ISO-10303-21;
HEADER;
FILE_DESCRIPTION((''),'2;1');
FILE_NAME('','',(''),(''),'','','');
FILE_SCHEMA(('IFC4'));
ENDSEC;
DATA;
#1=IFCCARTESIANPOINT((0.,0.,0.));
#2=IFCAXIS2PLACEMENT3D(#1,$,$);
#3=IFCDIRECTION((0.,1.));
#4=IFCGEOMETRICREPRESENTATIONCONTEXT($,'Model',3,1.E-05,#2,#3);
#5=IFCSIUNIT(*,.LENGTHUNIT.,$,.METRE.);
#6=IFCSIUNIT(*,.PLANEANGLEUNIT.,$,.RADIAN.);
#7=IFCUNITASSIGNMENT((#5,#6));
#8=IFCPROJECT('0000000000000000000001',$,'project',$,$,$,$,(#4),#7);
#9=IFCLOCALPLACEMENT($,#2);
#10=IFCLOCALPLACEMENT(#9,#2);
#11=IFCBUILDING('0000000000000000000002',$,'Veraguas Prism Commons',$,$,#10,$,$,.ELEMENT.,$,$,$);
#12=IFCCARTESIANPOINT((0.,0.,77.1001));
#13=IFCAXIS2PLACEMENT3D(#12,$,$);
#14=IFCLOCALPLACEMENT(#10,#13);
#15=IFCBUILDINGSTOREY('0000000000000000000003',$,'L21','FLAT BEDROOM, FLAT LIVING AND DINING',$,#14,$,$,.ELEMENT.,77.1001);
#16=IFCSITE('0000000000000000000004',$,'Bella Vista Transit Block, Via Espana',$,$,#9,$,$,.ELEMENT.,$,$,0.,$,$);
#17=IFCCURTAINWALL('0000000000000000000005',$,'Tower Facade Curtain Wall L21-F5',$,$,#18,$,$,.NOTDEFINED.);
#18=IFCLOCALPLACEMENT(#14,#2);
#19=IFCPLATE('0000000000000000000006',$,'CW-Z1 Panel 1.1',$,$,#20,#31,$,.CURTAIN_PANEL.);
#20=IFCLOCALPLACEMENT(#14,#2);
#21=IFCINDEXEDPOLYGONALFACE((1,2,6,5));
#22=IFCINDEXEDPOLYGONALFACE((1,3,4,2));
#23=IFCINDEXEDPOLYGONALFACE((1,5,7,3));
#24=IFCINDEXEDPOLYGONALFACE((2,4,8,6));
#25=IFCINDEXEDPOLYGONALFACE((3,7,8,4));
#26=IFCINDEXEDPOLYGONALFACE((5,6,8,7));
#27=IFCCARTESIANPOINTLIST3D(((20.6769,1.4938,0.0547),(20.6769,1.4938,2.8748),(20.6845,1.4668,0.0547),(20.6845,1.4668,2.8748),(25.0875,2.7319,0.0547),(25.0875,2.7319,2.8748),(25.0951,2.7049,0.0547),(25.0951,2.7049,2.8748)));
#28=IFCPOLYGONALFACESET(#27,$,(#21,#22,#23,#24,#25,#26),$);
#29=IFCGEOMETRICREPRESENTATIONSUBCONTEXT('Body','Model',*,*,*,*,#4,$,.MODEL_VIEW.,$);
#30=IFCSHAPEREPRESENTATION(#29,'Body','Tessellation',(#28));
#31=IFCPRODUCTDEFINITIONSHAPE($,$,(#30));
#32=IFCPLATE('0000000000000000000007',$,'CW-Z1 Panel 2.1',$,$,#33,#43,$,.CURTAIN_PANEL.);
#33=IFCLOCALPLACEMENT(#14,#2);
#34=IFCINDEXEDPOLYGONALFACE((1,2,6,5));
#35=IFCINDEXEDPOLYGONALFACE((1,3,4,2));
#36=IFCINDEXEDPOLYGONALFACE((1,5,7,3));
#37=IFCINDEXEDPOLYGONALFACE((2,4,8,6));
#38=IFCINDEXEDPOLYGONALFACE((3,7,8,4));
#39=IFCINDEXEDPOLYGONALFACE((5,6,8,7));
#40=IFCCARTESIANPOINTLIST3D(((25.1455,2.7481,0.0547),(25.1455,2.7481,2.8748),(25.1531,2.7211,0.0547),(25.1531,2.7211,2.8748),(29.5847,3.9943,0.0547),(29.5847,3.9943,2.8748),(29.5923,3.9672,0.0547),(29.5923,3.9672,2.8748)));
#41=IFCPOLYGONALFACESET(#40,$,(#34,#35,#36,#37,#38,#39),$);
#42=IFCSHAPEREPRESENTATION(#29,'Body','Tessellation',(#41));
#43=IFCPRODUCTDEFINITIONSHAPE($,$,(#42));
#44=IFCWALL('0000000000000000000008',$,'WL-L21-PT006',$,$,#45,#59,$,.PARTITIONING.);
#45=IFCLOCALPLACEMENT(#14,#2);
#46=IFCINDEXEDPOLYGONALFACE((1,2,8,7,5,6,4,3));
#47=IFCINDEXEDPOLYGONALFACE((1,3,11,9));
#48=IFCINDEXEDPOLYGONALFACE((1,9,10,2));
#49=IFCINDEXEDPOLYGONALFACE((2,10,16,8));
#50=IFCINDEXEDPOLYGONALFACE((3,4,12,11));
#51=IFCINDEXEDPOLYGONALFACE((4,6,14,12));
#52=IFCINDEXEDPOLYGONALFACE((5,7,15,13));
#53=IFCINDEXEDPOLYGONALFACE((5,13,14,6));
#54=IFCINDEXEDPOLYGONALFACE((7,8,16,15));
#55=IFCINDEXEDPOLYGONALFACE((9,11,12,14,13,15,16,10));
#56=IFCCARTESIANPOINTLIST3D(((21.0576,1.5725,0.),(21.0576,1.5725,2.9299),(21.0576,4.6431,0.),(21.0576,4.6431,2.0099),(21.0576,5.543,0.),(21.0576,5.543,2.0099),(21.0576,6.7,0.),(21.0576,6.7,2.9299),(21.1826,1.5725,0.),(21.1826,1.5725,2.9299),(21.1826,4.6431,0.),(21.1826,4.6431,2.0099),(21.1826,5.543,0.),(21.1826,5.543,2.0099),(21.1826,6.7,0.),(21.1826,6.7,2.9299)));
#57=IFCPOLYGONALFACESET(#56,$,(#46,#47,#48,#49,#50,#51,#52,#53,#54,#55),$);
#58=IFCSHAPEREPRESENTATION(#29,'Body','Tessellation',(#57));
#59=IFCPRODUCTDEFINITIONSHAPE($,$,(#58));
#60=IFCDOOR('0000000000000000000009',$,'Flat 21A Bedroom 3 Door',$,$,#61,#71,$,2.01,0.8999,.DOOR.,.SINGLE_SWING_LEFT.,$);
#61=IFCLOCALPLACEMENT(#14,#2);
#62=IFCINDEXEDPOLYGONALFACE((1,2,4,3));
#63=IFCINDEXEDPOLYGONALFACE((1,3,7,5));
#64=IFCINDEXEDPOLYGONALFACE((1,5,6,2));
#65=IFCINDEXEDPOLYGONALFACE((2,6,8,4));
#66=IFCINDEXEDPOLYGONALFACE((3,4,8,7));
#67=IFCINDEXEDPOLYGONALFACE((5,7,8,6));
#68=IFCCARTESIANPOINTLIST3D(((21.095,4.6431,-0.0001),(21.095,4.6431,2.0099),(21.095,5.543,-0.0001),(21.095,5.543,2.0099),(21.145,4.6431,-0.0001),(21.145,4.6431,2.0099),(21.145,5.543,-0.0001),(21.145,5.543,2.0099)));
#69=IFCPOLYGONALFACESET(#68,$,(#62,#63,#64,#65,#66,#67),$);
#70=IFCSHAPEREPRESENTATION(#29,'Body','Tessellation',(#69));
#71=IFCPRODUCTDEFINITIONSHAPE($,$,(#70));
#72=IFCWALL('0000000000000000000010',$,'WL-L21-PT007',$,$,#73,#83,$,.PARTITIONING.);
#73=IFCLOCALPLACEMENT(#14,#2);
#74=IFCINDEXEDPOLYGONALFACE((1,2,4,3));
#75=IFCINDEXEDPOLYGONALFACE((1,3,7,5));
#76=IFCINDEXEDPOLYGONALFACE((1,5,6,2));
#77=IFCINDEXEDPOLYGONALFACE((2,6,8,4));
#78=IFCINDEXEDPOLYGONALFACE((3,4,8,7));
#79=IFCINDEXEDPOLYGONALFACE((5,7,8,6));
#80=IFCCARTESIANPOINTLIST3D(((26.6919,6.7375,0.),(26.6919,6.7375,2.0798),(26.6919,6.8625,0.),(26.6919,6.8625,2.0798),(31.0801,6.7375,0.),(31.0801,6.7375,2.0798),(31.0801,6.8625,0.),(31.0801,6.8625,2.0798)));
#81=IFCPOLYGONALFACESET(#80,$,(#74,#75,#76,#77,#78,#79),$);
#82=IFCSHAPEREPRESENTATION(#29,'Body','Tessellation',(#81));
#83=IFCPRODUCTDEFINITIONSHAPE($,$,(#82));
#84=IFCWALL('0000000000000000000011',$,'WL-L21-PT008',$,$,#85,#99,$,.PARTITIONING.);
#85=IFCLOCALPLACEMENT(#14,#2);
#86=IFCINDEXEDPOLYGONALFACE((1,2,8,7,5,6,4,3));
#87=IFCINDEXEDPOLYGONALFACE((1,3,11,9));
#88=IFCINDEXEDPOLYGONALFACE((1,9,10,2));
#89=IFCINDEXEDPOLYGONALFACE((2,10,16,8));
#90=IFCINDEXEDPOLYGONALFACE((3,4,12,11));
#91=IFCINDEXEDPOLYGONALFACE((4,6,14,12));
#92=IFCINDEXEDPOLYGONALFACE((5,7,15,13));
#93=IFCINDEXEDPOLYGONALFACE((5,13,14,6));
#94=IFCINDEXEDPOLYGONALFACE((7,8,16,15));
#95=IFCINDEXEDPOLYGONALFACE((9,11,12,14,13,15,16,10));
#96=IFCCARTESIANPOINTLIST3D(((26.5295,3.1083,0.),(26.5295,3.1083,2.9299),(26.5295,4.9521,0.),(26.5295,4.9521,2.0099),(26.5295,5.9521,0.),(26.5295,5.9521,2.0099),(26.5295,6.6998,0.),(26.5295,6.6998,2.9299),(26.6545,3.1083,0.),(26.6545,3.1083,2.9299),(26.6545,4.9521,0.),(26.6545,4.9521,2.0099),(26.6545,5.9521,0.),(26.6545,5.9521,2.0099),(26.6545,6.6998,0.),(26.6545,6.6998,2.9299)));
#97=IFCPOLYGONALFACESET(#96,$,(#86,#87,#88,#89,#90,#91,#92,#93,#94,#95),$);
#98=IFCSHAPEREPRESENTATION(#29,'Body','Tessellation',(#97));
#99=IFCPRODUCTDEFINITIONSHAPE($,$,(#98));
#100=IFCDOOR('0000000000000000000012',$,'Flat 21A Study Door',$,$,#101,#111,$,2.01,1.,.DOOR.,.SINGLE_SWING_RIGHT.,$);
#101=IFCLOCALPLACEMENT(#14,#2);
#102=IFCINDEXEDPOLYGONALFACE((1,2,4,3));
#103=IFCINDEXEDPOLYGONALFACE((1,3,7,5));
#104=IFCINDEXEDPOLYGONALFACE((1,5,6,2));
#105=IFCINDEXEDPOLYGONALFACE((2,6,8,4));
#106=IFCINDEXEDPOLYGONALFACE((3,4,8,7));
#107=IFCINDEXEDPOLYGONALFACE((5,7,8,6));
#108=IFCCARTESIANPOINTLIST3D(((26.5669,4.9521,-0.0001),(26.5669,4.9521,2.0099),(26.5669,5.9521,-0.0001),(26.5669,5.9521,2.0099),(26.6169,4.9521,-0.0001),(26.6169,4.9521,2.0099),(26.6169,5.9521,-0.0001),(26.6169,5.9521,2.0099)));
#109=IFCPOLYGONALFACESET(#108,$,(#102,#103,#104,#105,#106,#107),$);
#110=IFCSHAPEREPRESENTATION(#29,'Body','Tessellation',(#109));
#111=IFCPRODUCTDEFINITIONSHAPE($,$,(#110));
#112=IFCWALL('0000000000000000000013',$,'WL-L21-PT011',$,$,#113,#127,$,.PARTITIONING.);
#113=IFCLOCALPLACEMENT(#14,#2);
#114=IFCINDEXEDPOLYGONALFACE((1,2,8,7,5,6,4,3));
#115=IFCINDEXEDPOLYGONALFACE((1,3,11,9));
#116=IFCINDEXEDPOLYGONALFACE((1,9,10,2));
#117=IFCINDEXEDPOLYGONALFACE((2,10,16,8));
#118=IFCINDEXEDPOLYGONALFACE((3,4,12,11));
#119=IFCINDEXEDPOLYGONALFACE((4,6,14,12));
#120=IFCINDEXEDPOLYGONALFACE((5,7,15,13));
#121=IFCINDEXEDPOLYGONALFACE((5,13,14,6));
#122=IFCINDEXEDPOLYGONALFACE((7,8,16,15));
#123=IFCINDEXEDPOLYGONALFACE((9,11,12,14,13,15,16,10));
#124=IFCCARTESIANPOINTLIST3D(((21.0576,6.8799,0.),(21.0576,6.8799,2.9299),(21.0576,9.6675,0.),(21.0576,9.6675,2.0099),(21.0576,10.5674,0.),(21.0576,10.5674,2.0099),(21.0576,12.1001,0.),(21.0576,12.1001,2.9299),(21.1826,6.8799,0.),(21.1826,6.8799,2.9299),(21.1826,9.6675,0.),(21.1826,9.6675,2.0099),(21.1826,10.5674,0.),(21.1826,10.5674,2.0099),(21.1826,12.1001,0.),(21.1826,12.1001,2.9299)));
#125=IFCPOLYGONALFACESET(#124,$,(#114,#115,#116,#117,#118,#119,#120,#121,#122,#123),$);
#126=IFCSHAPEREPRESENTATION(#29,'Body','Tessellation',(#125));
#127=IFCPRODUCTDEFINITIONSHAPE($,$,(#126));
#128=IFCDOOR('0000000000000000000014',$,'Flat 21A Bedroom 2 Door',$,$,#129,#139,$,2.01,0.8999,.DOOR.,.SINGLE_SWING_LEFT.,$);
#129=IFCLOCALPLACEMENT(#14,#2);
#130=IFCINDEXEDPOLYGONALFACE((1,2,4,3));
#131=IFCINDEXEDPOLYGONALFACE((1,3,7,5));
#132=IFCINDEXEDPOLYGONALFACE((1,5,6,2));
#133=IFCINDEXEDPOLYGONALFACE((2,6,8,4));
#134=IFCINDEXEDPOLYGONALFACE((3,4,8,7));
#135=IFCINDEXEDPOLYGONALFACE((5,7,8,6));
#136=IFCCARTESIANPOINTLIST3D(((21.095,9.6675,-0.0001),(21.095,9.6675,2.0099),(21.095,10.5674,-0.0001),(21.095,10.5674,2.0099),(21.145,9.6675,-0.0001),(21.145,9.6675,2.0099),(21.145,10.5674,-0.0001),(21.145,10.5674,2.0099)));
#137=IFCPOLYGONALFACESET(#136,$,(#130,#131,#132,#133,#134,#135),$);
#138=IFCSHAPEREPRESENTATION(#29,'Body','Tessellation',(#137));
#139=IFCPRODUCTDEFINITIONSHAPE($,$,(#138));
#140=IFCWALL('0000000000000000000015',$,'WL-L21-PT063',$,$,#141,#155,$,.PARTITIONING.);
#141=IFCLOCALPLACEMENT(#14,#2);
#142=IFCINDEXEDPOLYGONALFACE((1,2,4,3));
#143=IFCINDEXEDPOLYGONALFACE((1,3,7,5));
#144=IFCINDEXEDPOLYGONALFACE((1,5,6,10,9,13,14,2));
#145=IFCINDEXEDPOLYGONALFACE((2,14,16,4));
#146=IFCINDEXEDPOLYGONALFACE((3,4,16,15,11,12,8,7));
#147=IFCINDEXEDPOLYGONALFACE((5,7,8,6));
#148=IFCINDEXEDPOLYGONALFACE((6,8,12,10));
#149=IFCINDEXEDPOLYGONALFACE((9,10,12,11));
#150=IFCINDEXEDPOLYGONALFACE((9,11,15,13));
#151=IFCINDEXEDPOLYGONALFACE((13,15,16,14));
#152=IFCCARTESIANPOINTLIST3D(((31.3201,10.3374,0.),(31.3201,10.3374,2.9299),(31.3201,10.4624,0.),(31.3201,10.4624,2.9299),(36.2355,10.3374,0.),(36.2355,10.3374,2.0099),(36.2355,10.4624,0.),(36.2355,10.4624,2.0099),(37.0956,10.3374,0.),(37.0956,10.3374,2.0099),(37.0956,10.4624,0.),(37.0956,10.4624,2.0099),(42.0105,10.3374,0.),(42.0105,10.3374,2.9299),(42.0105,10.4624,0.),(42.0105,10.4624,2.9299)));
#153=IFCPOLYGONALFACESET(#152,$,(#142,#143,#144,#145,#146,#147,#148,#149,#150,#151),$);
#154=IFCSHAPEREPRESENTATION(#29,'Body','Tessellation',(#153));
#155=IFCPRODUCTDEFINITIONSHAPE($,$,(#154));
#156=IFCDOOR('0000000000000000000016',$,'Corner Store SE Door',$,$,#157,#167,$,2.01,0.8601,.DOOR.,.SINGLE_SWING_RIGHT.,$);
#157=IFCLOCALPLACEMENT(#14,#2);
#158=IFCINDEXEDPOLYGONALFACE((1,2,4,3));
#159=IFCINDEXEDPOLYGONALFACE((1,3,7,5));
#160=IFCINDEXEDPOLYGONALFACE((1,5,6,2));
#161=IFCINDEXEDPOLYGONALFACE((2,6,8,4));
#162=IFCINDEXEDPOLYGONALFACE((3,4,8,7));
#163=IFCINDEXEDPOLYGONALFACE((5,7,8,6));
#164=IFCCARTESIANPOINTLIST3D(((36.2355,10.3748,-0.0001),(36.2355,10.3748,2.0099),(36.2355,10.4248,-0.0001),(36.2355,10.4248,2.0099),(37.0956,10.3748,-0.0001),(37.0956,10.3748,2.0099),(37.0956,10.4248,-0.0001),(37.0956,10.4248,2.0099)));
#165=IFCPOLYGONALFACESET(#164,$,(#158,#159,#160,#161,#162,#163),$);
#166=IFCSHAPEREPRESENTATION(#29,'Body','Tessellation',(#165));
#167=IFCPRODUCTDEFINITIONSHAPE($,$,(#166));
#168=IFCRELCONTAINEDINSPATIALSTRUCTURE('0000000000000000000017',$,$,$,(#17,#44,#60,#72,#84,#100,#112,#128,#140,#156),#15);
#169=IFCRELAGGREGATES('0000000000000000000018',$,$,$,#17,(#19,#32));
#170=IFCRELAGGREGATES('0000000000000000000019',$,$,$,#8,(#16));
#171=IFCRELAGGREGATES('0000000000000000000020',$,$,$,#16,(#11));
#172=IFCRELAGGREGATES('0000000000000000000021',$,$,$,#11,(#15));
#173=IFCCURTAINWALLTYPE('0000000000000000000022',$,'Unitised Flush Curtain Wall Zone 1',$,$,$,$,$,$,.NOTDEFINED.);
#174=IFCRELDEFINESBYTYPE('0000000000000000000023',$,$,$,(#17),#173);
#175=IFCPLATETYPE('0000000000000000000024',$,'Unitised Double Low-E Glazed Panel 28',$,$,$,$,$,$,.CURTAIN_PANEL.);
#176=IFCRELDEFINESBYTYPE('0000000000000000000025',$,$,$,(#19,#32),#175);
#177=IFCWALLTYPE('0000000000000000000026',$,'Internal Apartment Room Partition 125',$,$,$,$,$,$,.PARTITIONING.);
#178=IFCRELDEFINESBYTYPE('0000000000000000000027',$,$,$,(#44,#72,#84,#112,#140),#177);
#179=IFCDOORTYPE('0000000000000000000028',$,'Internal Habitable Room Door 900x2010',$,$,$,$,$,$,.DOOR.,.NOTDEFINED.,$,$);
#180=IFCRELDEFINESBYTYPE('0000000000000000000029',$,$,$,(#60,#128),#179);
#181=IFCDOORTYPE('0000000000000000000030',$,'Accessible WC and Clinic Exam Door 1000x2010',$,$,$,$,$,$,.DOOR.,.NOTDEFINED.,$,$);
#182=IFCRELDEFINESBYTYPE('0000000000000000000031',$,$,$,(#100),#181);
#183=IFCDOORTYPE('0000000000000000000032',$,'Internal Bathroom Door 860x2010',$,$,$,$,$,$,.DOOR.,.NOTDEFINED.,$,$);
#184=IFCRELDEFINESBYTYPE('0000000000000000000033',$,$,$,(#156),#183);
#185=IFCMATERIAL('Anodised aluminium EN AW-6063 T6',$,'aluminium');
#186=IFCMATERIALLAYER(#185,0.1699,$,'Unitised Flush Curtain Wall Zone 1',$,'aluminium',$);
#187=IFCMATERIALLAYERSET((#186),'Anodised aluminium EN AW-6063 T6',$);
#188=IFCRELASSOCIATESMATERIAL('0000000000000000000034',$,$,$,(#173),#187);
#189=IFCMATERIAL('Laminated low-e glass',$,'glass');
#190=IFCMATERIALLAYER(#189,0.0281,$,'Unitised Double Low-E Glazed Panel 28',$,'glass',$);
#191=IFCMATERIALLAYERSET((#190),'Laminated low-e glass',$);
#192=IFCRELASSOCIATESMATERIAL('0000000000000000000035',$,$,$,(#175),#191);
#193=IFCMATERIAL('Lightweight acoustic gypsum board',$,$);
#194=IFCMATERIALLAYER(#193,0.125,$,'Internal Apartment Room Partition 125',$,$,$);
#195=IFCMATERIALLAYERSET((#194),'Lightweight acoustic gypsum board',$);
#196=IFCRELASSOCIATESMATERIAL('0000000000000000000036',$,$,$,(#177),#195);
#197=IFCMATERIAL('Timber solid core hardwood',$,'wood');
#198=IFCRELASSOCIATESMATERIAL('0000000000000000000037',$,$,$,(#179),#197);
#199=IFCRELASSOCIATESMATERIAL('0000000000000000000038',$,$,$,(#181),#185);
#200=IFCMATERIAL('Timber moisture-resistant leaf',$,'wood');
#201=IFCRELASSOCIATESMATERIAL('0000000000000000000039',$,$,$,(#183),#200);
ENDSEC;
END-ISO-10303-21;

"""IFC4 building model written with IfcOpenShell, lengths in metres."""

from ifc_helpers import new_model, si_unit, direction, frame, frame_2d, origin, origin_2d, place, context, subcontext, project, spatial, rectangle, extrude, source, transform, mapped, material, layer, layer_set, type_object, element, fill, aggregate, save


model = new_model("IFC4")

# Units and contexts
model_context = context("Model", 3, precision=1e-05, world=origin(), true_north=direction((0.0, 1.0)))
body_context = subcontext(model_context, "Body", "Model", "MODEL_VIEW")
ifc_project = project(units=[si_unit("LENGTHUNIT", "METRE"), si_unit("PLANEANGLEUNIT", "RADIAN")], contexts=[model_context])

# Site, building, storey
site_placement = place(None, origin())
site = spatial("IfcSite", under=ifc_project, at=site_placement, Name="Bella Vista Transit Block, Via Espana", CompositionType="ELEMENT", RefElevation=0.0)
building_placement = place(site_placement, origin())
building = spatial("IfcBuilding", under=site, at=building_placement, Name="Veraguas Prism Commons", CompositionType="ELEMENT")
storey_placement = place(building_placement, frame((0.0, 0.0, 77.1001)))
storey = spatial("IfcBuildingStorey", under=building, at=storey_placement, Name="L21", Description="FLAT BEDROOM, FLAT LIVING AND DINING", CompositionType="ELEMENT", Elevation=77.1001)

# Curtain wall, plates
ifc_material_1 = material(Name="Anodised aluminium EN AW-6063 T6", Category="aluminium")
ifc_layer_1 = layer(ifc_material_1, 0.1699, Name="Unitised Flush Curtain Wall Zone 1", Category="aluminium")
ifc_layer_set_1 = layer_set([ifc_layer_1], Name="Anodised aluminium EN AW-6063 T6")
curtain_wall_type = type_object("IfcCurtainWallType", Name="Unitised Flush Curtain Wall Zone 1", PredefinedType="NOTDEFINED", material=ifc_layer_set_1)
curtain_wall_placement = place(storey_placement, origin())
curtain_wall = element("IfcCurtainWall", 1, at=curtain_wall_placement, inside=storey, type_object=curtain_wall_type, Name="Tower Facade Curtain Wall L21-F5", PredefinedType="NOTDEFINED")
ifc_material_2 = material(Name="Laminated low-e glass", Category="glass")
ifc_layer_2 = layer(ifc_material_2, 0.0281, Name="Unitised Double Low-E Glazed Panel 28", Category="glass")
ifc_layer_set_2 = layer_set([ifc_layer_2], Name="Laminated low-e glass")
plate_type = type_object("IfcPlateType", Name="Unitised Double Low-E Glazed Panel 28", PredefinedType="CURTAIN_PANEL", material=ifc_layer_set_2)
shared_shape_1 = source(origin(), body_context, "Body", "SweptSolid", [
    extrude(rectangle(XDim=4.5811, YDim=0.0281, at=origin_2d()), origin(), (0.0, 0.0, 1.0), 2.8201),
])
plate_1_placement = place(storey_placement, frame((22.886, 2.0994, 0.0547), z_axis=(0.0, 0.0, 1.0), x_axis=(0.962786, 0.270266, 0.0)))
plate_1 = element("IfcPlate", 2, at=plate_1_placement, type_object=plate_type, Name="CW-Z1 Panel 1.1", PredefinedType="CURTAIN_PANEL", context=body_context, shape_type="MappedRepresentation", body=[
    mapped(shared_shape_1, transform((0.0, 0.0, 0.0), scale=1.0)),
])
shared_shape_2 = source(origin(), body_context, "Body", "SweptSolid", [
    extrude(rectangle(XDim=4.6108, YDim=0.0281, at=origin_2d()), origin(), (0.0, 0.0, 1.0), 2.8201),
])
plate_2_placement = place(storey_placement, frame((27.3689, 3.3577, 0.0547), z_axis=(0.0, 0.0, 1.0), x_axis=(0.962786, 0.270266, 0.0)))
plate_2 = element("IfcPlate", 3, at=plate_2_placement, type_object=plate_type, Name="CW-Z1 Panel 2.1", PredefinedType="CURTAIN_PANEL", context=body_context, shape_type="MappedRepresentation", body=[
    mapped(shared_shape_2, transform((0.0, 0.0, 0.0), scale=1.0)),
])
aggregate(curtain_wall, [plate_1, plate_2])

# Wall, opening, door
ifc_material_3 = material(Name="Lightweight acoustic gypsum board")
ifc_layer_3 = layer(ifc_material_3, 0.125, Name="Internal Apartment Room Partition 125")
ifc_layer_set_3 = layer_set([ifc_layer_3], Name="Lightweight acoustic gypsum board")
wall_type = type_object("IfcWallType", Name="Internal Apartment Room Partition 125", PredefinedType="PARTITIONING", material=ifc_layer_set_3)
wall_1_placement = place(storey_placement, frame((21.1201, 6.7, 0.0), z_axis=(0.0, 0.0, 1.0), x_axis=(0.0, -1.0, 0.0)))
wall_1 = element("IfcWall", 4, at=wall_1_placement, inside=storey, type_object=wall_type, Name="WL-L21-PT006", PredefinedType="PARTITIONING", context=body_context, shape_type="SweptSolid", body=[
    extrude(rectangle(XDim=5.1274, YDim=0.125, at=frame_2d((2.5637, 0.0))), origin(), (0.0, 0.0, 1.0), 2.9299),
])
opening_1_placement = place(wall_1_placement, frame((1.157, 0.0, 0.0)))
opening_1 = element("IfcOpeningElement", 5, at=opening_1_placement, cuts=wall_1, PredefinedType="OPENING", context=body_context, shape_type="SweptSolid", body=[
    extrude(rectangle(XDim=0.8999, YDim=2.01, at=frame_2d((0.45, 1.0049))), frame((0.0, 0.0725, 0.0), z_axis=(0.0, -1.0, 0.0), x_axis=(1.0, 0.0, 0.0)), (0.0, 0.0, 1.0), 0.145),
])
ifc_material_4 = material(Name="Timber solid core hardwood", Category="wood")
door_type_1 = type_object("IfcDoorType", Name="Internal Habitable Room Door 900x2010", OperationType="NOTDEFINED", PredefinedType="DOOR", material=ifc_material_4)
shared_shape_3 = source(origin(), body_context, "Body", "SweptSolid", [
    extrude(rectangle(XDim=0.8999, YDim=2.01, at=frame_2d((0.45, 1.0049))), frame((0.0, 0.0249, 0.0), z_axis=(0.0, -1.0, 0.0), x_axis=(1.0, 0.0, 0.0)), (0.0, 0.0, 1.0), 0.05),
])
door_1_placement = place(opening_1_placement, origin())
door_1 = element("IfcDoor", 6, at=door_1_placement, inside=storey, type_object=door_type_1, Name="Flat 21A Bedroom 3 Door", OperationType="SINGLE_SWING_LEFT", OverallHeight=2.01, OverallWidth=0.8999, PredefinedType="DOOR", context=body_context, shape_type="MappedRepresentation", body=[
    mapped(shared_shape_3, transform((0.0, 0.0, 0.0), scale=1.0)),
])
fill(opening_1, door_1)

# Wall
wall_2_placement = place(storey_placement, frame((26.6919, 6.8, 0.0), z_axis=(0.0, 0.0, 1.0), x_axis=(1.0, 0.0, 0.0)))
element("IfcWall", 7, at=wall_2_placement, inside=storey, type_object=wall_type, Name="WL-L21-PT007", PredefinedType="PARTITIONING", context=body_context, shape_type="SweptSolid", body=[
    extrude(rectangle(XDim=4.3882, YDim=0.125, at=frame_2d((2.1941, 0.0))), origin(), (0.0, 0.0, 1.0), 2.0798),
])

# Walls, openings, doors
wall_3_placement = place(storey_placement, frame((26.592, 6.7, 0.0), z_axis=(0.0, 0.0, 1.0), x_axis=(0.0, -1.0, 0.0)))
wall_3 = element("IfcWall", 8, at=wall_3_placement, inside=storey, type_object=wall_type, Name="WL-L21-PT008", PredefinedType="PARTITIONING", context=body_context, shape_type="SweptSolid", body=[
    extrude(rectangle(XDim=3.5916, YDim=0.125, at=frame_2d((1.7959, 0.0))), origin(), (0.0, 0.0, 1.0), 2.9299),
])
opening_2_placement = place(wall_3_placement, frame((0.7478, 0.0, 0.0)))
opening_2 = element("IfcOpeningElement", 9, at=opening_2_placement, cuts=wall_3, PredefinedType="OPENING", context=body_context, shape_type="SweptSolid", body=[
    extrude(rectangle(XDim=1.0, YDim=2.01, at=frame_2d((0.5, 1.0049))), frame((0.0, 0.0725, 0.0), z_axis=(0.0, -1.0, 0.0), x_axis=(1.0, 0.0, 0.0)), (0.0, 0.0, 1.0), 0.145),
])
door_type_2 = type_object("IfcDoorType", Name="Accessible WC and Clinic Exam Door 1000x2010", OperationType="NOTDEFINED", PredefinedType="DOOR", material=ifc_material_1)
shared_shape_4 = source(origin(), body_context, "Body", "SweptSolid", [
    extrude(rectangle(XDim=1.0, YDim=2.01, at=frame_2d((0.5, 1.0049))), frame((0.0, 0.0249, 0.0), z_axis=(0.0, -1.0, 0.0), x_axis=(1.0, 0.0, 0.0)), (0.0, 0.0, 1.0), 0.05),
])
door_2_placement = place(opening_2_placement, origin())
door_2 = element("IfcDoor", 10, at=door_2_placement, inside=storey, type_object=door_type_2, Name="Flat 21A Study Door", OperationType="SINGLE_SWING_RIGHT", OverallHeight=2.01, OverallWidth=1.0, PredefinedType="DOOR", context=body_context, shape_type="MappedRepresentation", body=[
    mapped(shared_shape_4, transform((0.0, 0.0, 0.0), scale=1.0)),
])
fill(opening_2, door_2)
wall_4_placement = place(storey_placement, frame((21.1201, 12.1001, 0.0), z_axis=(0.0, 0.0, 1.0), x_axis=(0.0, -1.0, 0.0)))
wall_4 = element("IfcWall", 11, at=wall_4_placement, inside=storey, type_object=wall_type, Name="WL-L21-PT011", PredefinedType="PARTITIONING", context=body_context, shape_type="SweptSolid", body=[
    extrude(rectangle(XDim=5.2202, YDim=0.125, at=frame_2d((2.6101, 0.0))), origin(), (0.0, 0.0, 1.0), 2.9299),
])
opening_3_placement = place(wall_4_placement, frame((1.5327, 0.0, 0.0)))
opening_3 = element("IfcOpeningElement", 12, at=opening_3_placement, cuts=wall_4, PredefinedType="OPENING", context=body_context, shape_type="SweptSolid", body=[
    extrude(rectangle(XDim=0.8999, YDim=2.01, at=frame_2d((0.45, 1.0049))), frame((0.0, 0.0725, 0.0), z_axis=(0.0, -1.0, 0.0), x_axis=(1.0, 0.0, 0.0)), (0.0, 0.0, 1.0), 0.145),
])
door_3_placement = place(opening_3_placement, origin())
door_3 = element("IfcDoor", 13, at=door_3_placement, inside=storey, type_object=door_type_1, Name="Flat 21A Bedroom 2 Door", OperationType="SINGLE_SWING_LEFT", OverallHeight=2.01, OverallWidth=0.8999, PredefinedType="DOOR", context=body_context, shape_type="MappedRepresentation", body=[
    mapped(shared_shape_3, transform((0.0, 0.0, 0.0), scale=1.0)),
])
fill(opening_3, door_3)
wall_5_placement = place(storey_placement, frame((31.3201, 10.3999, 0.0), z_axis=(0.0, 0.0, 1.0), x_axis=(1.0, 0.0, 0.0)))
wall_5 = element("IfcWall", 14, at=wall_5_placement, inside=storey, type_object=wall_type, Name="WL-L21-PT063", PredefinedType="PARTITIONING", context=body_context, shape_type="SweptSolid", body=[
    extrude(rectangle(XDim=10.6904, YDim=0.125, at=frame_2d((5.3452, 0.0))), origin(), (0.0, 0.0, 1.0), 2.9299),
])
opening_4_placement = place(wall_5_placement, frame((4.9153, 0.0, 0.0)))
opening_4 = element("IfcOpeningElement", 15, at=opening_4_placement, cuts=wall_5, PredefinedType="OPENING", context=body_context, shape_type="SweptSolid", body=[
    extrude(rectangle(XDim=0.8601, YDim=2.01, at=frame_2d((0.4302, 1.0049))), frame((0.0, 0.0725, 0.0), z_axis=(0.0, -1.0, 0.0), x_axis=(1.0, 0.0, 0.0)), (0.0, 0.0, 1.0), 0.145),
])
ifc_material_5 = material(Name="Timber moisture-resistant leaf", Category="wood")
door_type_3 = type_object("IfcDoorType", Name="Internal Bathroom Door 860x2010", OperationType="NOTDEFINED", PredefinedType="DOOR", material=ifc_material_5)
shared_shape_5 = source(origin(), body_context, "Body", "SweptSolid", [
    extrude(rectangle(XDim=0.8601, YDim=2.01, at=frame_2d((0.4302, 1.0049))), frame((0.0, 0.0249, 0.0), z_axis=(0.0, -1.0, 0.0), x_axis=(1.0, 0.0, 0.0)), (0.0, 0.0, 1.0), 0.05),
])
door_4_placement = place(opening_4_placement, origin())
door_4 = element("IfcDoor", 16, at=door_4_placement, inside=storey, type_object=door_type_3, Name="Corner Store SE Door", OperationType="SINGLE_SWING_RIGHT", OverallHeight=2.01, OverallWidth=0.8601, PredefinedType="DOOR", context=body_context, shape_type="MappedRepresentation", body=[
    mapped(shared_shape_5, transform((0.0, 0.0, 0.0), scale=1.0)),
])
fill(opening_4, door_4)

save(model, "model.ifc")
